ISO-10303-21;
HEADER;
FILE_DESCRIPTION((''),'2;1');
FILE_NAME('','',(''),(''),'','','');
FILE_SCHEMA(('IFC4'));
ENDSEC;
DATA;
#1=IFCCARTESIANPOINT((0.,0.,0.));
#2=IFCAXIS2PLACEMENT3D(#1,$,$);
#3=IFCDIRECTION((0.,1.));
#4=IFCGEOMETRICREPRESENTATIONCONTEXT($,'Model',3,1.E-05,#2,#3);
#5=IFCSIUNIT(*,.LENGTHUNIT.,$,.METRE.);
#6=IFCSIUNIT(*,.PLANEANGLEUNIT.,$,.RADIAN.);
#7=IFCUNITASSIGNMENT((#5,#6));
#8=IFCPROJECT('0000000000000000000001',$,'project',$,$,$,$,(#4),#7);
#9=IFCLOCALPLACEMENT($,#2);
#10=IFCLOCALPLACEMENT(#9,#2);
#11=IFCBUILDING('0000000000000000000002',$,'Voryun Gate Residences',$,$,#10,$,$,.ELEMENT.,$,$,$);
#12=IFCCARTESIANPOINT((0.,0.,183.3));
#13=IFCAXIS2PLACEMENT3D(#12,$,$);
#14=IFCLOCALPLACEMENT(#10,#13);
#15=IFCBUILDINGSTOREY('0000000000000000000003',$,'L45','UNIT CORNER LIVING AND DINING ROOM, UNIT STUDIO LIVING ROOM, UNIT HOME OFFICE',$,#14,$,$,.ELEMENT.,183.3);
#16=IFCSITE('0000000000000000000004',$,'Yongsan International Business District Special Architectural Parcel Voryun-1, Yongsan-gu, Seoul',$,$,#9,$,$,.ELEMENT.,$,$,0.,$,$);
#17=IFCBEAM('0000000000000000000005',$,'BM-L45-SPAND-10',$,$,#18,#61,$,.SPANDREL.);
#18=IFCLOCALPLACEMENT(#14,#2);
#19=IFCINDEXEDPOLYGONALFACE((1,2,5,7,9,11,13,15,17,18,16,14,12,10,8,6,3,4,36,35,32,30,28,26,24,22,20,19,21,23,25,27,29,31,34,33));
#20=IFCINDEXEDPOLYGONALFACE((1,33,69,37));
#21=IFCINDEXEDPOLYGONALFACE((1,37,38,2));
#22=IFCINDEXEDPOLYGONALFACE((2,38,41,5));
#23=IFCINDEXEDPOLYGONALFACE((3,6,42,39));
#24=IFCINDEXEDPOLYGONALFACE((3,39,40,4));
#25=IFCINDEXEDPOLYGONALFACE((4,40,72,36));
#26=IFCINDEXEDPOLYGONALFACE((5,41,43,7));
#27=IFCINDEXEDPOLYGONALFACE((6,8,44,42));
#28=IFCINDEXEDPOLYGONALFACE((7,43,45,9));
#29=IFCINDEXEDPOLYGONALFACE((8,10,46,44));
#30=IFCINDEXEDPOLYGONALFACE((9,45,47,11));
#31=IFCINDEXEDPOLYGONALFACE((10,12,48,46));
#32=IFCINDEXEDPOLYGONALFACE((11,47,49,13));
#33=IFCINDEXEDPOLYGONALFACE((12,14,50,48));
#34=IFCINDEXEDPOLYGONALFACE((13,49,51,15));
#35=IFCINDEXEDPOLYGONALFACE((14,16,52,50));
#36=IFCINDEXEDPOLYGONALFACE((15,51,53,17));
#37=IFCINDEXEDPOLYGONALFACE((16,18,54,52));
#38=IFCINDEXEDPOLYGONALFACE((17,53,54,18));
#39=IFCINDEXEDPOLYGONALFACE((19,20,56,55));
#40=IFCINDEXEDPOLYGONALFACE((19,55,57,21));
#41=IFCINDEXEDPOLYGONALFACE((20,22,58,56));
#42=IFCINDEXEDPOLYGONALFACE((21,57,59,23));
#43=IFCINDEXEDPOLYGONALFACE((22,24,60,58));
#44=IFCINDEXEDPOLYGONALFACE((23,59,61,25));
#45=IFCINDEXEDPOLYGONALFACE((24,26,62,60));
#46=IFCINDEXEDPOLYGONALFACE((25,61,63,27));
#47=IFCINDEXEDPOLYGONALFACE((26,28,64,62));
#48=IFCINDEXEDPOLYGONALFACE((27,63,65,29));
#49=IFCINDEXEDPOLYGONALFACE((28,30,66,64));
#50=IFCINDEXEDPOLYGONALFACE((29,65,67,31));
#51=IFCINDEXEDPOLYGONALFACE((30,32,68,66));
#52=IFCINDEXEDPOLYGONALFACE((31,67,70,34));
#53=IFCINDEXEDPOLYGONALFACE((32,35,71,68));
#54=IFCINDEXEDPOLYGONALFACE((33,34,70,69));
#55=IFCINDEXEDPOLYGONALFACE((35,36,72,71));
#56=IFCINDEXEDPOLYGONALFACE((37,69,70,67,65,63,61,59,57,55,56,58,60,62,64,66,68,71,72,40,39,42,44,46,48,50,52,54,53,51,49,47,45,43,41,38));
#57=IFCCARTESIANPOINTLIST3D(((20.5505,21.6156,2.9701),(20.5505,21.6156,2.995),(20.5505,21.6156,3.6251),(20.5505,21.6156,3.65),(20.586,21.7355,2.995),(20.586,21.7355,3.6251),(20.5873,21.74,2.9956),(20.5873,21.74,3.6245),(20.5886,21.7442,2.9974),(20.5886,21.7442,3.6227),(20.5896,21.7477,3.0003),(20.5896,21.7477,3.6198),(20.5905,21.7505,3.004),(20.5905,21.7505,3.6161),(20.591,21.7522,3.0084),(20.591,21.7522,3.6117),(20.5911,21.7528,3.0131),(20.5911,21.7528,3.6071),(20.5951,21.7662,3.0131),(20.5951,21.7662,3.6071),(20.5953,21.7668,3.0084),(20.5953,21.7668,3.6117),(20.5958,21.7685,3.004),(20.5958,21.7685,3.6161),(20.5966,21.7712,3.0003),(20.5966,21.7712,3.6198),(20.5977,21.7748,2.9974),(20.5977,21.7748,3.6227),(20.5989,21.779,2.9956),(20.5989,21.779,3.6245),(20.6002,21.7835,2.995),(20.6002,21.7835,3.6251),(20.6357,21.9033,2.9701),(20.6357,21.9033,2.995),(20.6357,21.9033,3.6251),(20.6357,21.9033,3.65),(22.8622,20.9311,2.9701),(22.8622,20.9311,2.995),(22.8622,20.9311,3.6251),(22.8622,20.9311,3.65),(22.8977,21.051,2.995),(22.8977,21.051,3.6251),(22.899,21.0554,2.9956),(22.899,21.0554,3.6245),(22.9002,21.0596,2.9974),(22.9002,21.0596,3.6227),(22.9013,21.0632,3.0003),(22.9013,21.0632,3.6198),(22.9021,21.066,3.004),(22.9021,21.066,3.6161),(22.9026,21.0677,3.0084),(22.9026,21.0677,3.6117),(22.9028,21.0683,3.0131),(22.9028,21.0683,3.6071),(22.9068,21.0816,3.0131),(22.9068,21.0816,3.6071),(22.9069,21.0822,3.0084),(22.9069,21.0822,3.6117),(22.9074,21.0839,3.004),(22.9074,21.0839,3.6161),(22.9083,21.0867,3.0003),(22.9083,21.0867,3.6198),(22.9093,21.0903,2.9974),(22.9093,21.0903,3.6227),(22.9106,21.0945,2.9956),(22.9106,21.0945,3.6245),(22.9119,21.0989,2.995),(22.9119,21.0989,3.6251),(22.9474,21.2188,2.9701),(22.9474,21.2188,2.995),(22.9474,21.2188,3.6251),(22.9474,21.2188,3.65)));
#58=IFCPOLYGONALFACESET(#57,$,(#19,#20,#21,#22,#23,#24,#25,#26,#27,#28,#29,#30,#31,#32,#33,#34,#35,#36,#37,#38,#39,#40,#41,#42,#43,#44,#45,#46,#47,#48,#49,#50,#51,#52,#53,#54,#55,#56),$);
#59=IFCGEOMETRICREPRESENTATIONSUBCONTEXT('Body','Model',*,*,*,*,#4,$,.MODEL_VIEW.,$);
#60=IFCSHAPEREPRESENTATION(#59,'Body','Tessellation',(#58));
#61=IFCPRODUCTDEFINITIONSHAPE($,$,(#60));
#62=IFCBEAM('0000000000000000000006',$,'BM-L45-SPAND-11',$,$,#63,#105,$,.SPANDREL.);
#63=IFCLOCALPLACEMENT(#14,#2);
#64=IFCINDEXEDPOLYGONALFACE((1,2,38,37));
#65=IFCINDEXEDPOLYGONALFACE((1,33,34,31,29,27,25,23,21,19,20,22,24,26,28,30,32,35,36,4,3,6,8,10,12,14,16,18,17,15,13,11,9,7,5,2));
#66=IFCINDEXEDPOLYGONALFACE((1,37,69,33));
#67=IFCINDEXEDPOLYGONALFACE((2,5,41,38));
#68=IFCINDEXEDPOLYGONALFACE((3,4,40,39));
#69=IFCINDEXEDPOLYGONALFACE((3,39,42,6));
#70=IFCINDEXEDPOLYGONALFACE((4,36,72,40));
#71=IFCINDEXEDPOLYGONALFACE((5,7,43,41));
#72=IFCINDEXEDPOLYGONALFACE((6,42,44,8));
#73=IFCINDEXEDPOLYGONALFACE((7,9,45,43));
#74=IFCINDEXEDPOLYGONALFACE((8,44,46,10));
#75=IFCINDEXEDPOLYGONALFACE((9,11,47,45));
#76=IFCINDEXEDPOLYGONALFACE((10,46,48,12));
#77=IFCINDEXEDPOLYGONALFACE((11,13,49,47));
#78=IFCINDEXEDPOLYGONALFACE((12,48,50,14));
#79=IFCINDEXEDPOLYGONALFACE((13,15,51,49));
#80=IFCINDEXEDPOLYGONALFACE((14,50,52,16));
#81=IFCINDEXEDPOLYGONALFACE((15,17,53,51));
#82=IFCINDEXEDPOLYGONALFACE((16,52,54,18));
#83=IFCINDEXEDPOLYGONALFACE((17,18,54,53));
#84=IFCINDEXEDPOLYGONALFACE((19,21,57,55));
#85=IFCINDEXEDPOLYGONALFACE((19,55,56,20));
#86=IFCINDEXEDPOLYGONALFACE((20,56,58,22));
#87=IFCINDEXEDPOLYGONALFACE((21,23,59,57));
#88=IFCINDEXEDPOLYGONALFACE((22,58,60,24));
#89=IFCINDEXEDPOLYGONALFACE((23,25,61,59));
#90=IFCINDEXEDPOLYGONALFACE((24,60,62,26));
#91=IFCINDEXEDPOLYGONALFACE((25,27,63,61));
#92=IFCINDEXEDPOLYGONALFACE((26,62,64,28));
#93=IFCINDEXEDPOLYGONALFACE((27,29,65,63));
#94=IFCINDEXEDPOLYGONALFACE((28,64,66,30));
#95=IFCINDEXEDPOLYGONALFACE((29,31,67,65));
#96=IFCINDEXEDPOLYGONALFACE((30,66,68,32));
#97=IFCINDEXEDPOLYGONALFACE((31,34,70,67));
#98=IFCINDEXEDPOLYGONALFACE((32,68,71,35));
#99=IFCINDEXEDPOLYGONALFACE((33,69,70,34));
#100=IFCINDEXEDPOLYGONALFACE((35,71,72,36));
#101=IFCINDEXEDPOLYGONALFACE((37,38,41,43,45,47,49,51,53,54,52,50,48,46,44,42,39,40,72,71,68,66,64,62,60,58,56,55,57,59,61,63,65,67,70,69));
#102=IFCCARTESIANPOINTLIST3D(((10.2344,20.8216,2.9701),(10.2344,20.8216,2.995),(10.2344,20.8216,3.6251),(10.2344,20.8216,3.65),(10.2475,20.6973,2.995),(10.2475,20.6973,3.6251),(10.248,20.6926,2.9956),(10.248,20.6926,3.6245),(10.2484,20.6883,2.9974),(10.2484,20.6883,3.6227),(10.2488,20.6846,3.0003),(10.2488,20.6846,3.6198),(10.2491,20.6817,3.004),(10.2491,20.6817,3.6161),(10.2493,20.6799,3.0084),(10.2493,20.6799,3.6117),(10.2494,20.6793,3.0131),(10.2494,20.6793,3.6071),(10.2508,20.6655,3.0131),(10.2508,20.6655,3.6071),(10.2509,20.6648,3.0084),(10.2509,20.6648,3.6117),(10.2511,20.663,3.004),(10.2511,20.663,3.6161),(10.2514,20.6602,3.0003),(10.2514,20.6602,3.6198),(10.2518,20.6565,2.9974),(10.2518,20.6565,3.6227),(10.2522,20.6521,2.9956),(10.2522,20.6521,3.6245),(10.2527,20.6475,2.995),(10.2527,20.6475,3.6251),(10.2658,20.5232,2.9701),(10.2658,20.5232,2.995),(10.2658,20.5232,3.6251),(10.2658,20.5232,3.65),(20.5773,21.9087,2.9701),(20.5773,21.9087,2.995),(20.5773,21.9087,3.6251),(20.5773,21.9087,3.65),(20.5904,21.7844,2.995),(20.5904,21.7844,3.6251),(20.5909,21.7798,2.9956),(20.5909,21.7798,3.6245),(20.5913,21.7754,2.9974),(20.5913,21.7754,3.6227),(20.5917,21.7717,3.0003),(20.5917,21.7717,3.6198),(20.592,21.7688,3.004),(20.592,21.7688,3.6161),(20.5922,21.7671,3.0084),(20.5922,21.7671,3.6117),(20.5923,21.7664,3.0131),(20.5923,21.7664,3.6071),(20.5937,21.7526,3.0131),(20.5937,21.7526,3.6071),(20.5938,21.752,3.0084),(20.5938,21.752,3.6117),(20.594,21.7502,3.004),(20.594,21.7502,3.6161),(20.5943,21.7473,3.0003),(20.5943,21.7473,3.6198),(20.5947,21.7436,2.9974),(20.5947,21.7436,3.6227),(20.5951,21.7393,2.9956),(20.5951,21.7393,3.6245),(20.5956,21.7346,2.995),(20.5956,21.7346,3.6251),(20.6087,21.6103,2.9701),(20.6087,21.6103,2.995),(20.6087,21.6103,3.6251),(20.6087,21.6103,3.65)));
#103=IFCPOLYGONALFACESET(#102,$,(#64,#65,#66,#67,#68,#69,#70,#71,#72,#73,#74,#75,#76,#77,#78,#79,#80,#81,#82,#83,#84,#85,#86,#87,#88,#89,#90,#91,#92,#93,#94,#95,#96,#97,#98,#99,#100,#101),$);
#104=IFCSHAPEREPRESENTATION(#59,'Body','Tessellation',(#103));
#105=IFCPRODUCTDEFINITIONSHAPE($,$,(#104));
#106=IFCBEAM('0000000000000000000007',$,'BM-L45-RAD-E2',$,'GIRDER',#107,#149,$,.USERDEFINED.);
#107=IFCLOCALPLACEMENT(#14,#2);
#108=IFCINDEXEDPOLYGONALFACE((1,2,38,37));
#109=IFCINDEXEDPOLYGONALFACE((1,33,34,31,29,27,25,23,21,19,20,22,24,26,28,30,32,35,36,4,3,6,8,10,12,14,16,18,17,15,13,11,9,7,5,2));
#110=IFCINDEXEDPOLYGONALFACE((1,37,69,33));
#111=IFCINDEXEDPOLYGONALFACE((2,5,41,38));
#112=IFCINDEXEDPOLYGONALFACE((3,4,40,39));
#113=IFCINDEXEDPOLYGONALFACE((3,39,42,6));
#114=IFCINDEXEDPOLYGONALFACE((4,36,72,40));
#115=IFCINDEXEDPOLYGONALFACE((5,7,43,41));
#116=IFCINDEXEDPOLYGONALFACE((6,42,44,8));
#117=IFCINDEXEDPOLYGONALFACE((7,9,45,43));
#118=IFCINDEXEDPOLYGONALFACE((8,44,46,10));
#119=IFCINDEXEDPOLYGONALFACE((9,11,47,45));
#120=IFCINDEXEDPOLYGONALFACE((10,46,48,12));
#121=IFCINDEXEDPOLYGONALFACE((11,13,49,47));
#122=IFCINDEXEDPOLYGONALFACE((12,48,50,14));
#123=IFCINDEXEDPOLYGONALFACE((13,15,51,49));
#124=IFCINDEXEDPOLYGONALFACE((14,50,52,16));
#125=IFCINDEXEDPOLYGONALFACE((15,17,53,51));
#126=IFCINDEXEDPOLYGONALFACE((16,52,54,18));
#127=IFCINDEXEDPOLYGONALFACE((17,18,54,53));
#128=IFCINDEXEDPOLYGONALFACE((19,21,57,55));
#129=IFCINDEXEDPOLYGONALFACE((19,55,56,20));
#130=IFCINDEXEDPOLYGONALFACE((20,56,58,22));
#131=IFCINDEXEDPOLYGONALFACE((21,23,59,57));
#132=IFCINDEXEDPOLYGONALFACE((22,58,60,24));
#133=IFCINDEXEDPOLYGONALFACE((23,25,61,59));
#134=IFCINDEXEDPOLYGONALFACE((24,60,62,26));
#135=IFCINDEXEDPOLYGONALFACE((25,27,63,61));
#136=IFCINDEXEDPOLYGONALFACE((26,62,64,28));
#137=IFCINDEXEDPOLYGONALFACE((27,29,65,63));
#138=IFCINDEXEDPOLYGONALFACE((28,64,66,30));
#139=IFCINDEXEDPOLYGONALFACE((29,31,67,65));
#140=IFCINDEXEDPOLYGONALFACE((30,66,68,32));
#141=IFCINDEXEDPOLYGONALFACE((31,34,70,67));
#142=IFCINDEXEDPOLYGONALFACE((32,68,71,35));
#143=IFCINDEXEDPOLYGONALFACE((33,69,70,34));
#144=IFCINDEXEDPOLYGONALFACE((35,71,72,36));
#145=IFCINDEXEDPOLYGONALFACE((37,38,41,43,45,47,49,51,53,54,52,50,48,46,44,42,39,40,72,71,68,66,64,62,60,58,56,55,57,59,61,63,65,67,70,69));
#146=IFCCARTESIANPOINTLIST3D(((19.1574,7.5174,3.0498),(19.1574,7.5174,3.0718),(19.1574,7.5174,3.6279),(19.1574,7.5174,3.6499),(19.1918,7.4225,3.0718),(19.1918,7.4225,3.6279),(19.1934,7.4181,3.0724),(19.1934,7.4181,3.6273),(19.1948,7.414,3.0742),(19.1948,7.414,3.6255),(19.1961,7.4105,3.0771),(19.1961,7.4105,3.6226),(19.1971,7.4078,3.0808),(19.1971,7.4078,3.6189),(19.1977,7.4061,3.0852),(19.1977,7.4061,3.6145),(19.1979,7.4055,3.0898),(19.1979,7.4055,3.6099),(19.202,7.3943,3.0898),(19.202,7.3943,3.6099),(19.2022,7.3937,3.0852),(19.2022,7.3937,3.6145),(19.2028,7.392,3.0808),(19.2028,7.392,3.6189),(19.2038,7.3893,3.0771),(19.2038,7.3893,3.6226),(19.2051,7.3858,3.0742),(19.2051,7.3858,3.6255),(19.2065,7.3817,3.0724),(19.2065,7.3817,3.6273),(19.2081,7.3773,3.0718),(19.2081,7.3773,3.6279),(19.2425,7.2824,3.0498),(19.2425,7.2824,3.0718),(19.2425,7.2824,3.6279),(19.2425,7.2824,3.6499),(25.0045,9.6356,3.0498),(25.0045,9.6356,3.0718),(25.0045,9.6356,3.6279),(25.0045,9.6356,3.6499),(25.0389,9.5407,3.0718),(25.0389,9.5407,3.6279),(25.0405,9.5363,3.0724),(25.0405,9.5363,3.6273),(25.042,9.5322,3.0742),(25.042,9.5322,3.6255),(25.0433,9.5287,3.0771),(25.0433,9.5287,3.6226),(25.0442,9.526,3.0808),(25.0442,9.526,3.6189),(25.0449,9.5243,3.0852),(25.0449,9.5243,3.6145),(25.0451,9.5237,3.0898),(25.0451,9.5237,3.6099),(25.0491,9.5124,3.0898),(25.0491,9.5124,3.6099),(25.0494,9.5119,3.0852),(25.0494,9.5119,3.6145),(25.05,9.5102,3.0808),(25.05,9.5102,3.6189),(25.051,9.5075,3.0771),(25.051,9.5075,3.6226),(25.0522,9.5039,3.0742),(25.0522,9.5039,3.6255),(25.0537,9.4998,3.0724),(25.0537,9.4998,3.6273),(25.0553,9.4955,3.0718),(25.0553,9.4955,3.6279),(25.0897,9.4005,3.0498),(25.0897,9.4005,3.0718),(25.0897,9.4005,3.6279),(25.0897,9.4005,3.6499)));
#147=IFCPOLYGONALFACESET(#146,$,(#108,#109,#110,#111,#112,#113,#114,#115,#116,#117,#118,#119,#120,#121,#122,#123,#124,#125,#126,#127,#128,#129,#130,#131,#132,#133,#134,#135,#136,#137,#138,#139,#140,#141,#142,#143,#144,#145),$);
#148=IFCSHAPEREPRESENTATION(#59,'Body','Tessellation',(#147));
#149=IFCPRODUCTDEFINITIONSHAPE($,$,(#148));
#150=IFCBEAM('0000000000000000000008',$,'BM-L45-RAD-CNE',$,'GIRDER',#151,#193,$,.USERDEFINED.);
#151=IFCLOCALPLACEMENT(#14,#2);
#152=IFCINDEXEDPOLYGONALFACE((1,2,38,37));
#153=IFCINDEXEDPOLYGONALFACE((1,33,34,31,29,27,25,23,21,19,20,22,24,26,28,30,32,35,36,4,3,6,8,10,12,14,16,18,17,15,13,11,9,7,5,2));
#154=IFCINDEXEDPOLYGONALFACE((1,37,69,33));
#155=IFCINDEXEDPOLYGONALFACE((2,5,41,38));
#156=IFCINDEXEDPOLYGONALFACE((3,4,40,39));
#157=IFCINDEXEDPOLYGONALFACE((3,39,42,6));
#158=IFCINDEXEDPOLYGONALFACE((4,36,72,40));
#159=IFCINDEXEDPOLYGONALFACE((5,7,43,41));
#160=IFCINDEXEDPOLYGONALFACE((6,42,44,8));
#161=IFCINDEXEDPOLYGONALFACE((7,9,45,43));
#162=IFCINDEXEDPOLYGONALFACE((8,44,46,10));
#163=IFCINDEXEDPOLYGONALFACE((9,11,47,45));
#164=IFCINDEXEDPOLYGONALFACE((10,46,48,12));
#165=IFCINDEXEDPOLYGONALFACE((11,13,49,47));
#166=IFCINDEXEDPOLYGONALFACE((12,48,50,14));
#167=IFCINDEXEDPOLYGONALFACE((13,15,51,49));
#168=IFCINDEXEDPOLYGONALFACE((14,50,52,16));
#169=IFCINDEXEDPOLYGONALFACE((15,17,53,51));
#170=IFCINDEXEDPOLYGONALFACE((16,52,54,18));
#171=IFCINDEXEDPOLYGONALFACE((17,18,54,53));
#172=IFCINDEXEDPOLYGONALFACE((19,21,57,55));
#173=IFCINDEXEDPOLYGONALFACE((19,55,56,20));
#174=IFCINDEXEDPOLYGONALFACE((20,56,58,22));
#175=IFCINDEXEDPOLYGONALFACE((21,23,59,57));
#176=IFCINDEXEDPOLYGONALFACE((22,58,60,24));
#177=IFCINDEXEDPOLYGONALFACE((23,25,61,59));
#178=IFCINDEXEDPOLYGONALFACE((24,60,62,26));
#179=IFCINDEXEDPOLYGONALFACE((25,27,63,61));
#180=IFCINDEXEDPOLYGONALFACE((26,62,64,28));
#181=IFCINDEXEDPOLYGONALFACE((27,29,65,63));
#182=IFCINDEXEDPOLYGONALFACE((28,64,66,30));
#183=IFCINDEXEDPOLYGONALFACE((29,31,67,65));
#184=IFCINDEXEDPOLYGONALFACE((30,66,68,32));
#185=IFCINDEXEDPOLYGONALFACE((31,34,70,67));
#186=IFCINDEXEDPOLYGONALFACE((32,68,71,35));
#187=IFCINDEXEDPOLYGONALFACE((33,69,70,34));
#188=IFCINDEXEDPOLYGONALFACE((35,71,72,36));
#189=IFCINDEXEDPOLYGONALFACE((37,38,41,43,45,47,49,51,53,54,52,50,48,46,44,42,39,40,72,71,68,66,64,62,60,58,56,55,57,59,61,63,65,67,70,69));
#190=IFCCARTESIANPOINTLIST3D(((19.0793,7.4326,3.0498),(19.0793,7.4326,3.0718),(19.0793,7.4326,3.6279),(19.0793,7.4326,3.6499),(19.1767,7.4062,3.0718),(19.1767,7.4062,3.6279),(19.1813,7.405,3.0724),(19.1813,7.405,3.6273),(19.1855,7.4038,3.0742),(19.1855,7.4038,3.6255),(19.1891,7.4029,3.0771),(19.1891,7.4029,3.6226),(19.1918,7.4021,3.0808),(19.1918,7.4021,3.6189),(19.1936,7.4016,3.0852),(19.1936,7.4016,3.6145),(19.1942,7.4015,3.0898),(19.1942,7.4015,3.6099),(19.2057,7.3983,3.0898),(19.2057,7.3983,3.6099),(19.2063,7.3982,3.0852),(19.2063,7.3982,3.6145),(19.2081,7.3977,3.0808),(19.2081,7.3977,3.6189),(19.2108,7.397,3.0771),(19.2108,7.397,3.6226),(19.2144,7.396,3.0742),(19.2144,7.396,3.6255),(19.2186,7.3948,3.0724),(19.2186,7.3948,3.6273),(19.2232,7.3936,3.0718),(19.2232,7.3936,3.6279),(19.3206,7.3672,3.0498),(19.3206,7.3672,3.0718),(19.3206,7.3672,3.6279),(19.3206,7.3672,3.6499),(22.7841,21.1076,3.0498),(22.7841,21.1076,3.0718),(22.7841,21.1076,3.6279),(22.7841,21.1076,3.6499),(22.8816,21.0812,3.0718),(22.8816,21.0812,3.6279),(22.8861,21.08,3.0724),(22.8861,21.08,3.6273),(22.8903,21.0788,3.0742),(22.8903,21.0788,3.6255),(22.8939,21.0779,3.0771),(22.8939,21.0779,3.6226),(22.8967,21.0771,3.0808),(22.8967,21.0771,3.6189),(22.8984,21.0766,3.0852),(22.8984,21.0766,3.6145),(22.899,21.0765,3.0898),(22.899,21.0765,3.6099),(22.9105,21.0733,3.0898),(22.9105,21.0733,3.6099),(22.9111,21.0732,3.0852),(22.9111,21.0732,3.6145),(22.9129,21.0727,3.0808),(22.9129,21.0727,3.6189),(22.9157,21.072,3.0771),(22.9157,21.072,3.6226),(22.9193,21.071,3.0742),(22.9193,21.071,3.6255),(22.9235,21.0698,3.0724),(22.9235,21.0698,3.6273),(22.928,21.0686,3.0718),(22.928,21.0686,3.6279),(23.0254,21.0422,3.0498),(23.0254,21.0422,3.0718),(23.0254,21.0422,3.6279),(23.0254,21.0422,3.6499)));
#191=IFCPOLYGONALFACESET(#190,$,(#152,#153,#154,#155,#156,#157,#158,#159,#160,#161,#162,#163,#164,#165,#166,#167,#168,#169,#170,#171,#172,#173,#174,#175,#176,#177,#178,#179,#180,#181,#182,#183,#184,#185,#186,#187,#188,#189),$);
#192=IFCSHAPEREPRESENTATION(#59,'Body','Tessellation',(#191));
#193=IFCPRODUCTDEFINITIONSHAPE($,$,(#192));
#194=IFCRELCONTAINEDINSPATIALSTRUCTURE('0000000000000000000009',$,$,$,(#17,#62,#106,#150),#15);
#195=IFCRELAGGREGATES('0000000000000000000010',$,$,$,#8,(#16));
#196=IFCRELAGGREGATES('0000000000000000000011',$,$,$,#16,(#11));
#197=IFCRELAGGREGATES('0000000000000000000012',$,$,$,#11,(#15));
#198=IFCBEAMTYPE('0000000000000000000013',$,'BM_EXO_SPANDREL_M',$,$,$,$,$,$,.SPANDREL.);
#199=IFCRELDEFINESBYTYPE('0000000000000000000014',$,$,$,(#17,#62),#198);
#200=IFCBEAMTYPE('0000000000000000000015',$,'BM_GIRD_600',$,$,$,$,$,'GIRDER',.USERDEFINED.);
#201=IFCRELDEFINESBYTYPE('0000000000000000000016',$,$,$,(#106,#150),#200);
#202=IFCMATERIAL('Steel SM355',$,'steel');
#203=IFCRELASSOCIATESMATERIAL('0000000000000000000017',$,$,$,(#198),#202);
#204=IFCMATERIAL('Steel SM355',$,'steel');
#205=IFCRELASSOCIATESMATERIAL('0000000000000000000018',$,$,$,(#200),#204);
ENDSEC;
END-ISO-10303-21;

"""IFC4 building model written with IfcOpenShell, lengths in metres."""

from ifc_helpers import new_model, si_unit, direction, frame, origin, origin_2d, place, context, subcontext, project, spatial, i_section, extrude, material, material_profile, profile_set, type_object, element, save


model = new_model("IFC4")

# Units and contexts
model_context = context("Model", 3, precision=1e-05, world=origin(), true_north=direction((0.0, 1.0)))
body_context = subcontext(model_context, "Body", "Model", "MODEL_VIEW")
ifc_project = project(units=[si_unit("LENGTHUNIT", "METRE"), si_unit("PLANEANGLEUNIT", "RADIAN")], contexts=[model_context])

# Site, building, storey
site_placement = place(None, origin())
site = spatial("IfcSite", under=ifc_project, at=site_placement, Name="Yongsan International Business District Special Architectural Parcel Voryun-1, Yongsan-gu, Seoul", CompositionType="ELEMENT", RefElevation=0.0)
building_placement = place(site_placement, origin())
building = spatial("IfcBuilding", under=site, at=building_placement, Name="Voryun Gate Residences", CompositionType="ELEMENT")
storey_placement = place(building_placement, frame((0.0, 0.0, 183.3)))
storey = spatial("IfcBuildingStorey", under=building, at=storey_placement, Name="L45", Description="UNIT CORNER LIVING AND DINING ROOM, UNIT STUDIO LIVING ROOM, UNIT HOME OFFICE", CompositionType="ELEMENT", Elevation=183.3)

# Beams
ifc_material_1 = material(Name="Steel SM355", Category="steel")
ifc_material_profile_1 = material_profile(ifc_material_1, i_section(OverallWidth=0.3, OverallDepth=0.6799, WebThickness=0.0139, FlangeThickness=0.0249, FilletRadius=0.0181, at=origin_2d()), Name="H-680x300x14x25")
ifc_profile_set_1 = profile_set([ifc_material_profile_1], Name="Steel SM355")
beam_type_1 = type_object("IfcBeamType", Name="BM_EXO_SPANDREL_M", PredefinedType="SPANDREL", material=ifc_profile_set_1)
beam_1_placement = place(storey_placement, frame((22.9048, 21.075, 3.3101), z_axis=(-0.958843, 0.283937, 0.0), x_axis=(-0.283937, -0.958843, 0.0)))
element("IfcBeam", 1, at=beam_1_placement, inside=storey, type_object=beam_type_1, Name="BM-L45-SPAND-10", PredefinedType="SPANDREL", context=body_context, shape_type="SweptSolid", body=[
    extrude(i_section(OverallWidth=0.3, OverallDepth=0.6799, WebThickness=0.0139, FlangeThickness=0.0249, FilletRadius=0.0181, at=origin_2d()), origin(), (0.0, 0.0, 1.0), 2.4109),
])
beam_2_placement = place(storey_placement, frame((20.593, 21.7595, 3.3101), z_axis=(-0.994521, -0.104534, 0.0), x_axis=(0.104534, -0.994521, 0.0)))
element("IfcBeam", 2, at=beam_2_placement, inside=storey, type_object=beam_type_1, Name="BM-L45-SPAND-11", PredefinedType="SPANDREL", context=body_context, shape_type="SweptSolid", body=[
    extrude(i_section(OverallWidth=0.3, OverallDepth=0.6799, WebThickness=0.0139, FlangeThickness=0.0249, FilletRadius=0.0181, at=origin_2d()), origin(), (0.0, 0.0, 1.0), 10.3999),
])
ifc_material_2 = material(Name="Steel SM355", Category="steel")
ifc_material_profile_2 = material_profile(ifc_material_2, i_section(OverallWidth=0.25, OverallDepth=0.6001, WebThickness=0.012, FlangeThickness=0.022, FilletRadius=0.0181, at=origin_2d()), Name="H-600x250x12x22")
ifc_profile_set_2 = profile_set([ifc_material_profile_2], Name="Steel SM355")
beam_type_2 = type_object("IfcBeamType", Name="BM_GIRD_600", ElementType="GIRDER", PredefinedType="USERDEFINED", material=ifc_profile_set_2)
beam_3_placement = place(storey_placement, frame((19.2, 7.3999, 3.3499), z_axis=(0.94021, 0.340595, 0.0), x_axis=(-0.340595, 0.94021, 0.0)))
element("IfcBeam", 3, at=beam_3_placement, inside=storey, type_object=beam_type_2, Name="BM-L45-RAD-E2", ObjectType="GIRDER", PredefinedType="USERDEFINED", context=body_context, shape_type="SweptSolid", body=[
    extrude(i_section(OverallWidth=0.25, OverallDepth=0.6001, WebThickness=0.012, FlangeThickness=0.022, FilletRadius=0.0181, at=origin_2d()), origin(), (0.0, 0.0, 1.0), 6.219),
])
beam_4_placement = place(storey_placement, frame((19.2, 7.3999, 3.3499), z_axis=(0.261493, 0.965205, 0.0), x_axis=(-0.965205, 0.261493, 0.0)))
element("IfcBeam", 4, at=beam_4_placement, inside=storey, type_object=beam_type_2, Name="BM-L45-RAD-CNE", ObjectType="GIRDER", PredefinedType="USERDEFINED", context=body_context, shape_type="SweptSolid", body=[
    extrude(i_section(OverallWidth=0.25, OverallDepth=0.6001, WebThickness=0.012, FlangeThickness=0.022, FilletRadius=0.0181, at=origin_2d()), origin(), (0.0, 0.0, 1.0), 14.168),
])

save(model, "model.ifc")
